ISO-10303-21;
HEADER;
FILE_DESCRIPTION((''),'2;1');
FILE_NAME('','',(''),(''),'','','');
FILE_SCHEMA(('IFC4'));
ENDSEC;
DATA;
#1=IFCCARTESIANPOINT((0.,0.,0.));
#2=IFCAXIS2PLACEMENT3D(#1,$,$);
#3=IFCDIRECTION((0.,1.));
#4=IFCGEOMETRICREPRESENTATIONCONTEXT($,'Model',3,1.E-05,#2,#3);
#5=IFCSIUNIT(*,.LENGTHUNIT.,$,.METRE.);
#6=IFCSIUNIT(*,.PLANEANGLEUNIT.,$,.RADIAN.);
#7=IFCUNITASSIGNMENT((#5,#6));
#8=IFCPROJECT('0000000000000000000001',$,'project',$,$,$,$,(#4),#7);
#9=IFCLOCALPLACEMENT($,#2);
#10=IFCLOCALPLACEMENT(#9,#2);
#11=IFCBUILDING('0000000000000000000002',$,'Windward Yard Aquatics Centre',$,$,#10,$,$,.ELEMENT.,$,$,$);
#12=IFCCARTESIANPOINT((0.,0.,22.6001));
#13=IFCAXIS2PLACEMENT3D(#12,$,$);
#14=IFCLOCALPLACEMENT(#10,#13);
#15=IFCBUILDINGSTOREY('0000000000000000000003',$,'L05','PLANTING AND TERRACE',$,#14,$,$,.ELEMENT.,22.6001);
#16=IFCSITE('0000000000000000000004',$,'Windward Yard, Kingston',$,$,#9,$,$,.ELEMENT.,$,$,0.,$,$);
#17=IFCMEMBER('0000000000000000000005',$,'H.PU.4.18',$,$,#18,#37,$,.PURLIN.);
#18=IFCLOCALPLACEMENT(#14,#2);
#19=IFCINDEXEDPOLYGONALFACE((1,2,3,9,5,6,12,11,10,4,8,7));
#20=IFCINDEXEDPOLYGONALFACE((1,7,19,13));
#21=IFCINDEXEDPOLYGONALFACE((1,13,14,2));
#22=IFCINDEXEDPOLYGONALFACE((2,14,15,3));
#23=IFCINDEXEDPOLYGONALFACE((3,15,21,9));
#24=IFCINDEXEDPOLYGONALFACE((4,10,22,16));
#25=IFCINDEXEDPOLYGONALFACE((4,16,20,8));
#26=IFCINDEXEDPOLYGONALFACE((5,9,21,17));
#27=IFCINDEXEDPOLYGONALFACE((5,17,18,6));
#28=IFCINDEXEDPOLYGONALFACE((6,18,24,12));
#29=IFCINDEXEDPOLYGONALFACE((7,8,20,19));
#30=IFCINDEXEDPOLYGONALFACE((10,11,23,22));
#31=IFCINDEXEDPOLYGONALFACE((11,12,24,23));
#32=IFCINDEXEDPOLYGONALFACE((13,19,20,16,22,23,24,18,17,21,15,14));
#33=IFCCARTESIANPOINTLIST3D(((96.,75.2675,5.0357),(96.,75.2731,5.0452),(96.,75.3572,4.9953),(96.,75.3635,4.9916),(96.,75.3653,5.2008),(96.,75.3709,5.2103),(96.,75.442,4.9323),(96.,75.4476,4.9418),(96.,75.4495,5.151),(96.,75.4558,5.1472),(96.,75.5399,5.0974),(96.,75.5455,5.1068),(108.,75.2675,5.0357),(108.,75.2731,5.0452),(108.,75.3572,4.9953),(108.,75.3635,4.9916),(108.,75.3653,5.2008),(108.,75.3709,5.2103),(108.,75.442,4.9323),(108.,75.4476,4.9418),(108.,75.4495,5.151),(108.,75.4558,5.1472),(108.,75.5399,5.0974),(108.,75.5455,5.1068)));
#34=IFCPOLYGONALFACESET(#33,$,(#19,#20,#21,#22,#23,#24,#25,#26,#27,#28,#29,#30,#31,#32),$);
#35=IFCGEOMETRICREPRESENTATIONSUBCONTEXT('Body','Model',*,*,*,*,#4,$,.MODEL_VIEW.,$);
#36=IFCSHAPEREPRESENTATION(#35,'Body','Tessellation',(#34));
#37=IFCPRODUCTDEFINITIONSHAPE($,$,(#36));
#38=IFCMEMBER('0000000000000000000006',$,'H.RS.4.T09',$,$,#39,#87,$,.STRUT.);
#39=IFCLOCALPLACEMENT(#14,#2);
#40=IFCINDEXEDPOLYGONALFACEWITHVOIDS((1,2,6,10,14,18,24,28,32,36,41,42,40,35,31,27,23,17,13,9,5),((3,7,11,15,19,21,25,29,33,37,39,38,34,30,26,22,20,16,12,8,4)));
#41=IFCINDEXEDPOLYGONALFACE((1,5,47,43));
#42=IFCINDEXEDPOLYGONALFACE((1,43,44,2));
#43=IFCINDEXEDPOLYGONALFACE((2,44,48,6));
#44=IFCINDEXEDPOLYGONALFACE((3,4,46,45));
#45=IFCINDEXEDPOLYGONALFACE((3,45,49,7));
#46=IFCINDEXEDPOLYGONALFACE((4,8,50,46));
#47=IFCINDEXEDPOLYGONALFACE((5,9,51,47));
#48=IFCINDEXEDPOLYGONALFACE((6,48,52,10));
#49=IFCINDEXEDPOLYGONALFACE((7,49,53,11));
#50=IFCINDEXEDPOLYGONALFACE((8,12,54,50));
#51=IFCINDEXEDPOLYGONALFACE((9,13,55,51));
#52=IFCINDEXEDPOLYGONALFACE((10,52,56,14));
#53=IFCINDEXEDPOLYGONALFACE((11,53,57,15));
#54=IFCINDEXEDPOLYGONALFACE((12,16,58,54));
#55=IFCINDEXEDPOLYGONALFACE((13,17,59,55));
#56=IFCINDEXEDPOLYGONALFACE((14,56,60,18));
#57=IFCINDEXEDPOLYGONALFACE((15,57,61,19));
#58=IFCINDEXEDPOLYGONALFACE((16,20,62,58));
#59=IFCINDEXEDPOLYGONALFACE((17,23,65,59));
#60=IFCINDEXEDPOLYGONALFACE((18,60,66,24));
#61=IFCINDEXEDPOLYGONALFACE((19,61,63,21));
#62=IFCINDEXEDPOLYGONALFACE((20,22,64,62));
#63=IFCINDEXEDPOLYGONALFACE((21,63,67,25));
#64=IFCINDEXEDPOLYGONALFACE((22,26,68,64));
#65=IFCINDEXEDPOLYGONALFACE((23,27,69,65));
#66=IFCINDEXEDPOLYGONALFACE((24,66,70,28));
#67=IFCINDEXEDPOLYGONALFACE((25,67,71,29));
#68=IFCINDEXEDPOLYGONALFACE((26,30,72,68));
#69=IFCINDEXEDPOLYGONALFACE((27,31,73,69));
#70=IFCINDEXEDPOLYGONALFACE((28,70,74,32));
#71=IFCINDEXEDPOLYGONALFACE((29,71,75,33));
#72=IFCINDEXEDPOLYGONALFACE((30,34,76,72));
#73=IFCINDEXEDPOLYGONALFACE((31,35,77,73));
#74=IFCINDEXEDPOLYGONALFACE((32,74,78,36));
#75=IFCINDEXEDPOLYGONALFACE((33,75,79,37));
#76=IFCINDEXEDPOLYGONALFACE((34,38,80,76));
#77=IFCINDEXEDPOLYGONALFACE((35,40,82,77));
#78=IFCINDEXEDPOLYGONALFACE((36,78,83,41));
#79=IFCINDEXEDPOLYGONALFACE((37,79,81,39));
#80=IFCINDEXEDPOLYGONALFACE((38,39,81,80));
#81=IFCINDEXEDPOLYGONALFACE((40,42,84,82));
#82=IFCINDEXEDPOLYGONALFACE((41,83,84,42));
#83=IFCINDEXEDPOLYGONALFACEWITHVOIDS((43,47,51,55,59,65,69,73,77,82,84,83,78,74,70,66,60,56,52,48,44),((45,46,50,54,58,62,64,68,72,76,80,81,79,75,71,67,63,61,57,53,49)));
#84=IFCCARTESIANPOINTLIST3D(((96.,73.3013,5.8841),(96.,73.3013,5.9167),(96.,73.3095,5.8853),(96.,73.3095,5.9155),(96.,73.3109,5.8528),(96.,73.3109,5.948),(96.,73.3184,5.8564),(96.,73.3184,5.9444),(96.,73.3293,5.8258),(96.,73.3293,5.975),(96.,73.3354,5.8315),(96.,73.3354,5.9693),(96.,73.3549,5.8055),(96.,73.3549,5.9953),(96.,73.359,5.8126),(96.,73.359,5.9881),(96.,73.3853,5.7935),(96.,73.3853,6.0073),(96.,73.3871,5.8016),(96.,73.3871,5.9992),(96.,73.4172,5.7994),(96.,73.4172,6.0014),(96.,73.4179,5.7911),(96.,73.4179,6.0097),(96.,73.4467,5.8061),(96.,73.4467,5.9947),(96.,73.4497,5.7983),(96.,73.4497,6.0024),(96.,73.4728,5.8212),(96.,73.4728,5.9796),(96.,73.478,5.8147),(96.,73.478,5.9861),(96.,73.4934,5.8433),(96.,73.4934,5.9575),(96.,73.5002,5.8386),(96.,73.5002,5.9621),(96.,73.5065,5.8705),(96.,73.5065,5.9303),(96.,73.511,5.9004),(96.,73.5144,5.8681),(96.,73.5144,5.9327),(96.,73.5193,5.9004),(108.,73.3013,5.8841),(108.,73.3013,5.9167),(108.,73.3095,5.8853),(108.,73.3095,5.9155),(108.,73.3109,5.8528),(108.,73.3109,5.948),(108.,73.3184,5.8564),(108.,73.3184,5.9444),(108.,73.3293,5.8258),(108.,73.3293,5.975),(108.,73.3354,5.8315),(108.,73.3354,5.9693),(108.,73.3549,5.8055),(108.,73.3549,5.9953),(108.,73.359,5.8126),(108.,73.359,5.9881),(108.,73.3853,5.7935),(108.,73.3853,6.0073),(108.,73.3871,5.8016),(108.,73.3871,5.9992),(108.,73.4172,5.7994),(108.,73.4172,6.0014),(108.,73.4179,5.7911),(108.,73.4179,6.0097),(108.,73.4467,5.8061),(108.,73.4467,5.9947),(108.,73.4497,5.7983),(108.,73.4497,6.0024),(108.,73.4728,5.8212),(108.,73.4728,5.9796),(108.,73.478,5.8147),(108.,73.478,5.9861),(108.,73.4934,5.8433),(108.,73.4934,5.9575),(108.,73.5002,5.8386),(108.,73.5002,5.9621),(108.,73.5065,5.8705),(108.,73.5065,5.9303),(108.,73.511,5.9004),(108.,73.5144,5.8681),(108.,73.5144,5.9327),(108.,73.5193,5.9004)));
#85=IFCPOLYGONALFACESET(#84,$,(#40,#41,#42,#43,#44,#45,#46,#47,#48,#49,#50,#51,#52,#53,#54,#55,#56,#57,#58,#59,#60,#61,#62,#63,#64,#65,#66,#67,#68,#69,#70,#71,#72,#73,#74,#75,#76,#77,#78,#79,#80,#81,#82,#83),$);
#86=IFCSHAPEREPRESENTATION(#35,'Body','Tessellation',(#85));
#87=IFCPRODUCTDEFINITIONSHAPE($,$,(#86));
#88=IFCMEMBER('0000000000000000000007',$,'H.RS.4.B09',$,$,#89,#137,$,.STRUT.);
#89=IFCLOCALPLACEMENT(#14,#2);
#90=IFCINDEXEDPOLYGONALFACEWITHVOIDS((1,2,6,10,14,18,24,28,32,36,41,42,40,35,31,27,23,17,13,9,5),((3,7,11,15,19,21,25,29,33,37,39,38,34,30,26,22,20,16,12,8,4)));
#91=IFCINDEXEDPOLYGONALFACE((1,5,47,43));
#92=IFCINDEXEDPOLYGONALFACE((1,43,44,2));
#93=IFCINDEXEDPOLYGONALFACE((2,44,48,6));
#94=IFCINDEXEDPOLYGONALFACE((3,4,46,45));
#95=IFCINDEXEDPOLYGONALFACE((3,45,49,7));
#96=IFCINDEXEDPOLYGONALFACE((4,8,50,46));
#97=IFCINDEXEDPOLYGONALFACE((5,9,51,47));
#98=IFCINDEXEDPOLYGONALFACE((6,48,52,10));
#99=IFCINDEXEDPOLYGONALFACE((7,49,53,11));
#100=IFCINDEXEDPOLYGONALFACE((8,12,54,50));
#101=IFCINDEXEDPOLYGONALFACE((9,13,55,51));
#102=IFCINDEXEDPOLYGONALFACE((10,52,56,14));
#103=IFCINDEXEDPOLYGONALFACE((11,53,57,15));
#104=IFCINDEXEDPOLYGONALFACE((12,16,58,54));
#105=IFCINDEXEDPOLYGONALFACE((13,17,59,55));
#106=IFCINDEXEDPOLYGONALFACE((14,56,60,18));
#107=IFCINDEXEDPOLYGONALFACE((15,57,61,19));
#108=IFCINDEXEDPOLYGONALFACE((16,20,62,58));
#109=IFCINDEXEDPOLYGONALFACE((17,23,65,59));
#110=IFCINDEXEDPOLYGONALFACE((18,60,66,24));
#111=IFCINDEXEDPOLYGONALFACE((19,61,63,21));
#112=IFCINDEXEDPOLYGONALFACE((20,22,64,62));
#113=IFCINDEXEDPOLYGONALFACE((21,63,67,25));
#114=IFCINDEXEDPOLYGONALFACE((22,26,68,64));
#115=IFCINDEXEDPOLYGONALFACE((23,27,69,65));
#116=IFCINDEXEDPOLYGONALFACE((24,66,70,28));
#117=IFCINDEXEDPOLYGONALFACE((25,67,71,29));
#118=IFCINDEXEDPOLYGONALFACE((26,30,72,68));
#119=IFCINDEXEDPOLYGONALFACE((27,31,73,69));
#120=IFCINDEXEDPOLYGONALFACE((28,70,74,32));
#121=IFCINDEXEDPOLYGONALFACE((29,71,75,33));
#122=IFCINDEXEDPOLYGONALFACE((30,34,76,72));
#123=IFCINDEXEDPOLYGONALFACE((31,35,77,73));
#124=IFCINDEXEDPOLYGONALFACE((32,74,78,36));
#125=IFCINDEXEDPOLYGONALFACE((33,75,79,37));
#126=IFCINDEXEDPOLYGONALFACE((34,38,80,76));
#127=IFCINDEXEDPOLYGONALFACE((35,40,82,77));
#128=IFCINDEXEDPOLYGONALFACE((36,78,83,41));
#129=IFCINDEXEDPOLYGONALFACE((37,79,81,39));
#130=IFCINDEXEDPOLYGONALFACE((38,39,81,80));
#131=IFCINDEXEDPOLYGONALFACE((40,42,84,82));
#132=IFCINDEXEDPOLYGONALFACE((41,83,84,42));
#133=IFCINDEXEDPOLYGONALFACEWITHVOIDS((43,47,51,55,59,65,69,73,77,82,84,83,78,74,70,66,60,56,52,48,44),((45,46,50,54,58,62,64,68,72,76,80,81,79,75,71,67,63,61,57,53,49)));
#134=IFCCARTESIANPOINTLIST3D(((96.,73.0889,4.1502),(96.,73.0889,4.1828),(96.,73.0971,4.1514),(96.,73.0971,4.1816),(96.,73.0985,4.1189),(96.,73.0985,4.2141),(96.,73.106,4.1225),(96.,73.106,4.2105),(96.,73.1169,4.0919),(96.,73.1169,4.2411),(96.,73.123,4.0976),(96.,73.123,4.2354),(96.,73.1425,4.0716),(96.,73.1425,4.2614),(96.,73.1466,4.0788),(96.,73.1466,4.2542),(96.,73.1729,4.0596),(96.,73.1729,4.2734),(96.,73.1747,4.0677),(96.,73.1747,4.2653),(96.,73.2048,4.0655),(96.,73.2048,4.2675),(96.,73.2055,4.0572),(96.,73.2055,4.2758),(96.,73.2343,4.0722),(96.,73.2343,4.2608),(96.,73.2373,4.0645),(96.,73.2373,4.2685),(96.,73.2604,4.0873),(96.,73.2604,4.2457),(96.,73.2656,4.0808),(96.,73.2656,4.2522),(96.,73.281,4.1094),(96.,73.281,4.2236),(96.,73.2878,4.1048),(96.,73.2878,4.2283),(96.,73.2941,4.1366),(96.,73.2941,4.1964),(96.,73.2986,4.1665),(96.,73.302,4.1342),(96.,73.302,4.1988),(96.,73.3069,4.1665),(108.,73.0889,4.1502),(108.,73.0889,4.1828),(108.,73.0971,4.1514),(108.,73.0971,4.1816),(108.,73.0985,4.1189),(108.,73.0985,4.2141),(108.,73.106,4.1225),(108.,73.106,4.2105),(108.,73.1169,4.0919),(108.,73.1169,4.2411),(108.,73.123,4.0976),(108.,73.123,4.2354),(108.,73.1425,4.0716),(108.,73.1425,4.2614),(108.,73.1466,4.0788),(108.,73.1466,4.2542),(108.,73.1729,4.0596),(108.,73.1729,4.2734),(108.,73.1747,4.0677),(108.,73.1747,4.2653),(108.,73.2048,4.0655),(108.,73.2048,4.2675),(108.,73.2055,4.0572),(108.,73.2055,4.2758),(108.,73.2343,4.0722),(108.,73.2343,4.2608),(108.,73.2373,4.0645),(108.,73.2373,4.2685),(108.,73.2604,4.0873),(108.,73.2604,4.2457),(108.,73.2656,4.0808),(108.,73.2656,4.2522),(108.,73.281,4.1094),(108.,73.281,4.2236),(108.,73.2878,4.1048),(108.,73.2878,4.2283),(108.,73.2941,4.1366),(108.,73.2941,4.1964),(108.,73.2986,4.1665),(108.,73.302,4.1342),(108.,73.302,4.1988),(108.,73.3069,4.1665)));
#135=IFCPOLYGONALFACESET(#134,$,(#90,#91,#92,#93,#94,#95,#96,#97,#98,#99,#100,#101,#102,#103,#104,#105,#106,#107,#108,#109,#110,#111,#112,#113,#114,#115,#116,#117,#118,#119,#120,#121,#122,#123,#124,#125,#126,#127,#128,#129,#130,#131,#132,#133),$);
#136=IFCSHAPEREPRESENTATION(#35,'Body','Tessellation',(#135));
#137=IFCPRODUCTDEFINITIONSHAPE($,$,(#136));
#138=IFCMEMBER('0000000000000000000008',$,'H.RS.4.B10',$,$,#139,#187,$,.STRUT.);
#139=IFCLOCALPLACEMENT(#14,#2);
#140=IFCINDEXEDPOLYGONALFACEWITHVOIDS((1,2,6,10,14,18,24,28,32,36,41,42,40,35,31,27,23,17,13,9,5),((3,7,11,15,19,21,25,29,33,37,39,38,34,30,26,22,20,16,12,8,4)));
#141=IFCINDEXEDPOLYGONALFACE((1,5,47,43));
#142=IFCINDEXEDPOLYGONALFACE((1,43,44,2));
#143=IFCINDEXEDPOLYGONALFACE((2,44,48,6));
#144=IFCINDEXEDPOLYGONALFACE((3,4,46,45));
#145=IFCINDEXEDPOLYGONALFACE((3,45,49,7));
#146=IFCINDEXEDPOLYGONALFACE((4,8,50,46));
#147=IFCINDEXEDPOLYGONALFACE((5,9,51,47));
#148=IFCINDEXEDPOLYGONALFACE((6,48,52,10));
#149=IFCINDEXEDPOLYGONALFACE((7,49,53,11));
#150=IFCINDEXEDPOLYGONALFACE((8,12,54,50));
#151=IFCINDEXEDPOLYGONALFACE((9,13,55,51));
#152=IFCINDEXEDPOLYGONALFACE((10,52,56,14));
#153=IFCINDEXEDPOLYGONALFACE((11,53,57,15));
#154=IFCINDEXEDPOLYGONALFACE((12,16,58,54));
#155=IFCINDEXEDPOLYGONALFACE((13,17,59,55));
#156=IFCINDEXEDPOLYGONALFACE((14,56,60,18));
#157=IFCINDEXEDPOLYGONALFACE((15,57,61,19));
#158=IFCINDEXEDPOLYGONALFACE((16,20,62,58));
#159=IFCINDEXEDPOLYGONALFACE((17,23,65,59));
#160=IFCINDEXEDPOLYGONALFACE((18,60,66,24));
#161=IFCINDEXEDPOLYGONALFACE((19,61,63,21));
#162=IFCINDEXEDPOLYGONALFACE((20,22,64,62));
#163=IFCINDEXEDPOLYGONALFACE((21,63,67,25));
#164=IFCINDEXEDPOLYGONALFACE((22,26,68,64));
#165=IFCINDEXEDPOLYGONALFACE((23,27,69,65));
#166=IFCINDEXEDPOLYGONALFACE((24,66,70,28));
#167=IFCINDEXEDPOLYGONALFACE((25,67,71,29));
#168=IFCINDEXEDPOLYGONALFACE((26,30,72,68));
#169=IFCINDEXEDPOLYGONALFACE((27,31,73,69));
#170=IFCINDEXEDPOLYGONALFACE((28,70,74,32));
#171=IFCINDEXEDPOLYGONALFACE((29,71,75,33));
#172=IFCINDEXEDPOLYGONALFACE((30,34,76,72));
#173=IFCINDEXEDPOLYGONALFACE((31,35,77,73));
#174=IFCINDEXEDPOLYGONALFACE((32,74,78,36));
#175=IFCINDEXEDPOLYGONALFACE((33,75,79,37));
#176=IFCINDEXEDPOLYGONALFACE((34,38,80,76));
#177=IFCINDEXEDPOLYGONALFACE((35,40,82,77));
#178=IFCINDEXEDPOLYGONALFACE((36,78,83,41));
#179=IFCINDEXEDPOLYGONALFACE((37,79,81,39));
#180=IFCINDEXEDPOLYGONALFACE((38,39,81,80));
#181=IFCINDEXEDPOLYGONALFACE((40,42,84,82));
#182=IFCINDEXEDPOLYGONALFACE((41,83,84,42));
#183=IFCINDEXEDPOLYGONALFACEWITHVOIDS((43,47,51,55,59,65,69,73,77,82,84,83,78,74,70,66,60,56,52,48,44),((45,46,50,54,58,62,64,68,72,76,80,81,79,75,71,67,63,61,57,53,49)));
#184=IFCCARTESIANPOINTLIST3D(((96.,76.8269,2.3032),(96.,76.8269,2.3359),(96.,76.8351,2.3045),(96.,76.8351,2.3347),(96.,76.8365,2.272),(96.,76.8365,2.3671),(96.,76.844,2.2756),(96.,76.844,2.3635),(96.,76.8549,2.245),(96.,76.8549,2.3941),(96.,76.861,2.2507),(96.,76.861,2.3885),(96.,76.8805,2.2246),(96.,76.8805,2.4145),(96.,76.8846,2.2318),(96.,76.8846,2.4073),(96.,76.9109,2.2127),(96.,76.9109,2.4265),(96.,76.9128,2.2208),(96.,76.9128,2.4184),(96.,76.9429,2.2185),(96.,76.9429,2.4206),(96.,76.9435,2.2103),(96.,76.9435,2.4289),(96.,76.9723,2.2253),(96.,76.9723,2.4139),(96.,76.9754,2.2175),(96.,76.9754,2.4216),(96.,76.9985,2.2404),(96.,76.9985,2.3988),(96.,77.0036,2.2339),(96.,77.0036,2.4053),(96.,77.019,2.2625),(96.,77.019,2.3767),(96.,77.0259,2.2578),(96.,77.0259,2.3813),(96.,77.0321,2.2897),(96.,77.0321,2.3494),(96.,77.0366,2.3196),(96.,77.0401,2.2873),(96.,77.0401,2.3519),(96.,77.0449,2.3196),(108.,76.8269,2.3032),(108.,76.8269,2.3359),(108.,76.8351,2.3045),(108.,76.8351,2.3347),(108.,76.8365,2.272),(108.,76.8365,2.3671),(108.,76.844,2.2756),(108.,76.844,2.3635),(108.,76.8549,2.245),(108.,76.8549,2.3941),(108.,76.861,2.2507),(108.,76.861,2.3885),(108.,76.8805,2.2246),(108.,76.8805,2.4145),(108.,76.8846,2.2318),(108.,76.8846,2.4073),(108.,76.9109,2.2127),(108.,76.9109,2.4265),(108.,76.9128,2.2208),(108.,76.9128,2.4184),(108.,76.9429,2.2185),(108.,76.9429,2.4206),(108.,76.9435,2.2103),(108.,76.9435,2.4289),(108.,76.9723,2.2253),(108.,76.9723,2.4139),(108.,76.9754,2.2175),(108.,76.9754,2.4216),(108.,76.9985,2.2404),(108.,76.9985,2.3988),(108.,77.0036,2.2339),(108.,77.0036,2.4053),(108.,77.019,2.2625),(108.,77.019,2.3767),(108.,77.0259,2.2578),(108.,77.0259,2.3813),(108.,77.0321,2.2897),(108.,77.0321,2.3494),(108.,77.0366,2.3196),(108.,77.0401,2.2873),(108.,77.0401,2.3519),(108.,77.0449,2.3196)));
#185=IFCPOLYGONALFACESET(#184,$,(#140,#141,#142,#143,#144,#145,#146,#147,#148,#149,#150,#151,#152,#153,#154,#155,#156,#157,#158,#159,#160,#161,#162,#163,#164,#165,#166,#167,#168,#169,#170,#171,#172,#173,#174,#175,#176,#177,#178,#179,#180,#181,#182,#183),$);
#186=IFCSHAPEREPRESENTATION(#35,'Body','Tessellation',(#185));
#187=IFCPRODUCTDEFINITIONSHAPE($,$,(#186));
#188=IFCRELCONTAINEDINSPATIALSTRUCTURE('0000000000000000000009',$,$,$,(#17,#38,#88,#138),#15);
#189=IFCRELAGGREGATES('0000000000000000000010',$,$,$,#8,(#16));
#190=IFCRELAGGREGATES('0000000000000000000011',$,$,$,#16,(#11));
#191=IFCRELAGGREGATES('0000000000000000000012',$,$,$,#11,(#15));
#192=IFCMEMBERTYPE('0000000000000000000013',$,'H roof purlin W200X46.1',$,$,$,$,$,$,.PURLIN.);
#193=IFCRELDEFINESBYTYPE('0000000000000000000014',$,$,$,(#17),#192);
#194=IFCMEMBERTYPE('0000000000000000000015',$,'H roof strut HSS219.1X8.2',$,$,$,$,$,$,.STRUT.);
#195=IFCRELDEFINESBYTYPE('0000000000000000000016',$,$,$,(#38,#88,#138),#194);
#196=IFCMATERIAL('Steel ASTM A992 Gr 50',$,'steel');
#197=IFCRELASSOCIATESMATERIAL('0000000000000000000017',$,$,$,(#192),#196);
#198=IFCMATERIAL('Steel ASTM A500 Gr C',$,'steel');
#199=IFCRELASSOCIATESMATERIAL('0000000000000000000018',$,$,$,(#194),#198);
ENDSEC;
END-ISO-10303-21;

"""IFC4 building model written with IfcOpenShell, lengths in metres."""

from ifc_helpers import new_model, si_unit, direction, frame, origin, origin_2d, place, context, subcontext, project, spatial, hollow_circle, i_section, extrude, material, material_profile, profile_set, type_object, element, save


model = new_model("IFC4")

# Units and contexts
model_context = context("Model", 3, precision=1e-05, world=origin(), true_north=direction((0.0, 1.0)))
body_context = subcontext(model_context, "Body", "Model", "MODEL_VIEW")
ifc_project = project(units=[si_unit("LENGTHUNIT", "METRE"), si_unit("PLANEANGLEUNIT", "RADIAN")], contexts=[model_context])

# Site, building, storey
site_placement = place(None, origin())
site = spatial("IfcSite", under=ifc_project, at=site_placement, Name="Windward Yard, Kingston", CompositionType="ELEMENT", RefElevation=0.0)
building_placement = place(site_placement, origin())
building = spatial("IfcBuilding", under=site, at=building_placement, Name="Windward Yard Aquatics Centre", CompositionType="ELEMENT")
storey_placement = place(building_placement, frame((0.0, 0.0, 22.6001)))
storey = spatial("IfcBuildingStorey", under=building, at=storey_placement, Name="L05", Description="PLANTING AND TERRACE", CompositionType="ELEMENT", Elevation=22.6001)

# Members
ifc_material_1 = material(Name="Steel ASTM A500 Gr C", Category="steel")
ifc_material_2 = material(Name="Steel ASTM A992 Gr 50", Category="steel")
ifc_material_profile_1 = material_profile(ifc_material_2, i_section(OverallWidth=0.2029, OverallDepth=0.2029, WebThickness=0.0073, FlangeThickness=0.011, at=origin_2d()), Name="W200X46.1")
ifc_profile_set_1 = profile_set([ifc_material_profile_1], Name="Steel ASTM A992 Gr 50")
member_type_1 = type_object("IfcMemberType", Name="H roof purlin W200X46.1", PredefinedType="PURLIN", material=ifc_profile_set_1)
for number, where, z_axis, x_axis, name in (
    (1, (96.0, 75.4065, 5.0713), (1.0, 0.0, 0.0), (0.0, 0.86027, -0.509838), "H.PU.4.18"),
):
    element("IfcMember", number, at=place(storey_placement, frame(where, z_axis=z_axis, x_axis=x_axis)), inside=storey, type_object=member_type_1, Name=name, PredefinedType="PURLIN", context=body_context, shape_type="SweptSolid", body=[
        extrude(i_section(OverallWidth=0.2029, OverallDepth=0.2029, WebThickness=0.0073, FlangeThickness=0.011, at=origin_2d()), origin(), (0.0, 0.0, 1.0), 12.0),
    ])
ifc_material_profile_2 = material_profile(ifc_material_1, hollow_circle(Radius=0.1096, WallThickness=0.0083, at=origin_2d()), Name="HSS219.1X8.2")
ifc_profile_set_2 = profile_set([ifc_material_profile_2], Name="Steel ASTM A500 Gr C")
member_type_2 = type_object("IfcMemberType", Name="H roof strut HSS219.1X8.2", PredefinedType="STRUT", material=ifc_profile_set_2)
for number, where, z_axis, x_axis, name in (
    (2, (96.0, 73.4097, 5.9004), (1.0, 0.0, 0.0), (0.0, 1.0, 0.0), "H.RS.4.T09"),
    (3, (96.0, 73.1973, 4.1665), (1.0, 0.0, 0.0), (0.0, 1.0, 0.0), "H.RS.4.B09"),
    (4, (96.0, 76.9353, 2.3196), (1.0, 0.0, 0.0), (0.0, 1.0, 0.0), "H.RS.4.B10"),
):
    element("IfcMember", number, at=place(storey_placement, frame(where, z_axis=z_axis, x_axis=x_axis)), inside=storey, type_object=member_type_2, Name=name, PredefinedType="STRUT", context=body_context, shape_type="SweptSolid", body=[
        extrude(hollow_circle(Radius=0.1096, WallThickness=0.0083, at=origin_2d()), origin(), (0.0, 0.0, 1.0), 12.0),
    ])

save(model, "model.ifc")
